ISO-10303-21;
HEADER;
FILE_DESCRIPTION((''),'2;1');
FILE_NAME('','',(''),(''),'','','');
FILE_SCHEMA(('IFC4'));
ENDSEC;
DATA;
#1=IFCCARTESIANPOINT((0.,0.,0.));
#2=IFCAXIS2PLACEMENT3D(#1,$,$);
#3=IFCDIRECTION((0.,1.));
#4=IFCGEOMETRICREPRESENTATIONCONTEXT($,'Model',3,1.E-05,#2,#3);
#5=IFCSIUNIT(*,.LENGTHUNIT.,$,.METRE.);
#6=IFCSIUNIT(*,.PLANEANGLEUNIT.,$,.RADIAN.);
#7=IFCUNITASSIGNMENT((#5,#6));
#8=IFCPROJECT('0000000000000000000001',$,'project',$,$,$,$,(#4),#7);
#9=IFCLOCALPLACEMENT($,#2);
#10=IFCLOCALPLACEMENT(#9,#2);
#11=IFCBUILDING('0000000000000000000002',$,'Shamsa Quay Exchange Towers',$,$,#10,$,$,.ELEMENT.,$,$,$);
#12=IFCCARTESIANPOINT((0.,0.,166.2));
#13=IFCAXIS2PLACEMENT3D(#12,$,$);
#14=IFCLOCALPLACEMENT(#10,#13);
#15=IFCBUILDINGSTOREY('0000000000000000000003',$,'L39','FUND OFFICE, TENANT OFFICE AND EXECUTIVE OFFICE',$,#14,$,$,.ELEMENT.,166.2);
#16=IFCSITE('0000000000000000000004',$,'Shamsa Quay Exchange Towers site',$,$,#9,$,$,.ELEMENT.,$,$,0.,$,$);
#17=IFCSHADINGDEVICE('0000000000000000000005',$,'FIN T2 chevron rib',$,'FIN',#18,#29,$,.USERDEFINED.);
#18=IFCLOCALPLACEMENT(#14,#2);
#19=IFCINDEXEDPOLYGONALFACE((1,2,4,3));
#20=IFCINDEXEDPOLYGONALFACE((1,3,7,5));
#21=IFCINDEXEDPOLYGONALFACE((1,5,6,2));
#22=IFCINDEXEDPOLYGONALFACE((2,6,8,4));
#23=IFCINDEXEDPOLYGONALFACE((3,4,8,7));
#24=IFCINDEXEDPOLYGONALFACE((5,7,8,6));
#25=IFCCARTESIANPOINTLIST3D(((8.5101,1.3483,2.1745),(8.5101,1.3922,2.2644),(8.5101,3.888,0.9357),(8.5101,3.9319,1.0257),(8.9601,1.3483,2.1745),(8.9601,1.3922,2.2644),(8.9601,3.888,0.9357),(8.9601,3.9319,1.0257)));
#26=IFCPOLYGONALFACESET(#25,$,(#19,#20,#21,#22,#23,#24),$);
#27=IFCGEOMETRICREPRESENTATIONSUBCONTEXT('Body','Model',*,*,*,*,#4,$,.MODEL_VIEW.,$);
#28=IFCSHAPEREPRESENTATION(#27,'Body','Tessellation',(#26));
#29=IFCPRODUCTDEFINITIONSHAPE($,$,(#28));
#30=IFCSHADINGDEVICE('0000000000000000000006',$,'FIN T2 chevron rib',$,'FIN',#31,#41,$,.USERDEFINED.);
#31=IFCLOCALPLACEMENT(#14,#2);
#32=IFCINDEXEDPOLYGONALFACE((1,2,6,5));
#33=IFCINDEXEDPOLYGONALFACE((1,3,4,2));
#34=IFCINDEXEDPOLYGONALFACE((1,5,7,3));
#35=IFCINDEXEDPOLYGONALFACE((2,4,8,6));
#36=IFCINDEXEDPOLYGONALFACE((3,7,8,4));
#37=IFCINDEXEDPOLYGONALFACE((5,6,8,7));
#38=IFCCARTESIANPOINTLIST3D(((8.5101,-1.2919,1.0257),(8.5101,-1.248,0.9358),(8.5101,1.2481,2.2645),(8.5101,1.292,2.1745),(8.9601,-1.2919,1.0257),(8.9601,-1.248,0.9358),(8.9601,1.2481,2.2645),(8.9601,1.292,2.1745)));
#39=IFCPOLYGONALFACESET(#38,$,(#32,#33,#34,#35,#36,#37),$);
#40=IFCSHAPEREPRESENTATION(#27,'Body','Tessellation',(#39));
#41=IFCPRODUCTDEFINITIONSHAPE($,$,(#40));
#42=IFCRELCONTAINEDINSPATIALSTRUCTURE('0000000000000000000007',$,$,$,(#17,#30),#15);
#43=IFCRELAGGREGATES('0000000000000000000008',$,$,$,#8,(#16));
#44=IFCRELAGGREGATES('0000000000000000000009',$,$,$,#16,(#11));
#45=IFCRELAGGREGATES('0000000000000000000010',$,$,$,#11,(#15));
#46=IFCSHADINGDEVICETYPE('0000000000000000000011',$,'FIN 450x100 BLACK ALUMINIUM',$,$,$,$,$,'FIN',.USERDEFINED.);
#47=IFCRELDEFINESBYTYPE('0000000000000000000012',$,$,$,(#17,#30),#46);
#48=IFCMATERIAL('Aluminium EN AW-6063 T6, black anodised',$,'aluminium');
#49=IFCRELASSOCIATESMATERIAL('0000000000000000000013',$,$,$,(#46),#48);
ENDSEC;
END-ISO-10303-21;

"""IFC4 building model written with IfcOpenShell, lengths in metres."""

from ifc_helpers import new_model, si_unit, direction, frame, origin, origin_2d, place, context, subcontext, project, spatial, rectangle, extrude, material, material_profile, profile_set, type_object, element, save


model = new_model("IFC4")

# Units and contexts
model_context = context("Model", 3, precision=1e-05, world=origin(), true_north=direction((0.0, 1.0)))
body_context = subcontext(model_context, "Body", "Model", "MODEL_VIEW")
ifc_project = project(units=[si_unit("LENGTHUNIT", "METRE"), si_unit("PLANEANGLEUNIT", "RADIAN")], contexts=[model_context])

# Site, building, storey
site_placement = place(None, origin())
site = spatial("IfcSite", under=ifc_project, at=site_placement, Name="Shamsa Quay Exchange Towers site", CompositionType="ELEMENT", RefElevation=0.0)
building_placement = place(site_placement, origin())
building = spatial("IfcBuilding", under=site, at=building_placement, Name="Shamsa Quay Exchange Towers", CompositionType="ELEMENT")
storey_placement = place(building_placement, frame((0.0, 0.0, 166.2)))
storey = spatial("IfcBuildingStorey", under=building, at=storey_placement, Name="L39", Description="FUND OFFICE, TENANT OFFICE AND EXECUTIVE OFFICE", CompositionType="ELEMENT", Elevation=166.2)

# Shared definitions
ifc_material_1 = material(Name="Aluminium EN AW-6063 T6, black anodised", Category="aluminium")

# Shading devices
ifc_material_profile_1 = material_profile(ifc_material_1, rectangle(XDim=0.45, YDim=0.1001, at=origin_2d()), Name="FIN450x100")
ifc_profile_set_1 = profile_set([ifc_material_profile_1], Name="Aluminium EN AW-6063 T6, black anodised")
shading_device_type = type_object("IfcShadingDeviceType", Name="FIN 450x100 BLACK ALUMINIUM", ElementType="FIN", PredefinedType="USERDEFINED", material=ifc_profile_set_1)
shading_device_1_placement = place(storey_placement, frame((8.7351, 3.9099, 0.9807), z_axis=(0.0, -0.89879, 0.438379), x_axis=(1.0, 0.0, 0.0)))
element("IfcShadingDevice", 1, at=shading_device_1_placement, inside=storey, type_object=shading_device_type, Name="FIN T2 chevron rib", ObjectType="FIN", PredefinedType="USERDEFINED", context=body_context, shape_type="SweptSolid", body=[
    extrude(rectangle(XDim=0.45, YDim=0.1001, at=origin_2d()), origin(), (0.0, 0.0, 1.0), 2.8257),
])
shading_device_2_placement = place(storey_placement, frame((8.7351, 1.27, 2.2195), z_axis=(0.0, -0.898807, -0.438345), x_axis=(1.0, 0.0, 0.0)))
element("IfcShadingDevice", 2, at=shading_device_2_placement, inside=storey, type_object=shading_device_type, Name="FIN T2 chevron rib", ObjectType="FIN", PredefinedType="USERDEFINED", context=body_context, shape_type="SweptSolid", body=[
    extrude(rectangle(XDim=0.45, YDim=0.1001, at=origin_2d()), origin(), (0.0, 0.0, 1.0), 2.8259),
])

save(model, "model.ifc")
